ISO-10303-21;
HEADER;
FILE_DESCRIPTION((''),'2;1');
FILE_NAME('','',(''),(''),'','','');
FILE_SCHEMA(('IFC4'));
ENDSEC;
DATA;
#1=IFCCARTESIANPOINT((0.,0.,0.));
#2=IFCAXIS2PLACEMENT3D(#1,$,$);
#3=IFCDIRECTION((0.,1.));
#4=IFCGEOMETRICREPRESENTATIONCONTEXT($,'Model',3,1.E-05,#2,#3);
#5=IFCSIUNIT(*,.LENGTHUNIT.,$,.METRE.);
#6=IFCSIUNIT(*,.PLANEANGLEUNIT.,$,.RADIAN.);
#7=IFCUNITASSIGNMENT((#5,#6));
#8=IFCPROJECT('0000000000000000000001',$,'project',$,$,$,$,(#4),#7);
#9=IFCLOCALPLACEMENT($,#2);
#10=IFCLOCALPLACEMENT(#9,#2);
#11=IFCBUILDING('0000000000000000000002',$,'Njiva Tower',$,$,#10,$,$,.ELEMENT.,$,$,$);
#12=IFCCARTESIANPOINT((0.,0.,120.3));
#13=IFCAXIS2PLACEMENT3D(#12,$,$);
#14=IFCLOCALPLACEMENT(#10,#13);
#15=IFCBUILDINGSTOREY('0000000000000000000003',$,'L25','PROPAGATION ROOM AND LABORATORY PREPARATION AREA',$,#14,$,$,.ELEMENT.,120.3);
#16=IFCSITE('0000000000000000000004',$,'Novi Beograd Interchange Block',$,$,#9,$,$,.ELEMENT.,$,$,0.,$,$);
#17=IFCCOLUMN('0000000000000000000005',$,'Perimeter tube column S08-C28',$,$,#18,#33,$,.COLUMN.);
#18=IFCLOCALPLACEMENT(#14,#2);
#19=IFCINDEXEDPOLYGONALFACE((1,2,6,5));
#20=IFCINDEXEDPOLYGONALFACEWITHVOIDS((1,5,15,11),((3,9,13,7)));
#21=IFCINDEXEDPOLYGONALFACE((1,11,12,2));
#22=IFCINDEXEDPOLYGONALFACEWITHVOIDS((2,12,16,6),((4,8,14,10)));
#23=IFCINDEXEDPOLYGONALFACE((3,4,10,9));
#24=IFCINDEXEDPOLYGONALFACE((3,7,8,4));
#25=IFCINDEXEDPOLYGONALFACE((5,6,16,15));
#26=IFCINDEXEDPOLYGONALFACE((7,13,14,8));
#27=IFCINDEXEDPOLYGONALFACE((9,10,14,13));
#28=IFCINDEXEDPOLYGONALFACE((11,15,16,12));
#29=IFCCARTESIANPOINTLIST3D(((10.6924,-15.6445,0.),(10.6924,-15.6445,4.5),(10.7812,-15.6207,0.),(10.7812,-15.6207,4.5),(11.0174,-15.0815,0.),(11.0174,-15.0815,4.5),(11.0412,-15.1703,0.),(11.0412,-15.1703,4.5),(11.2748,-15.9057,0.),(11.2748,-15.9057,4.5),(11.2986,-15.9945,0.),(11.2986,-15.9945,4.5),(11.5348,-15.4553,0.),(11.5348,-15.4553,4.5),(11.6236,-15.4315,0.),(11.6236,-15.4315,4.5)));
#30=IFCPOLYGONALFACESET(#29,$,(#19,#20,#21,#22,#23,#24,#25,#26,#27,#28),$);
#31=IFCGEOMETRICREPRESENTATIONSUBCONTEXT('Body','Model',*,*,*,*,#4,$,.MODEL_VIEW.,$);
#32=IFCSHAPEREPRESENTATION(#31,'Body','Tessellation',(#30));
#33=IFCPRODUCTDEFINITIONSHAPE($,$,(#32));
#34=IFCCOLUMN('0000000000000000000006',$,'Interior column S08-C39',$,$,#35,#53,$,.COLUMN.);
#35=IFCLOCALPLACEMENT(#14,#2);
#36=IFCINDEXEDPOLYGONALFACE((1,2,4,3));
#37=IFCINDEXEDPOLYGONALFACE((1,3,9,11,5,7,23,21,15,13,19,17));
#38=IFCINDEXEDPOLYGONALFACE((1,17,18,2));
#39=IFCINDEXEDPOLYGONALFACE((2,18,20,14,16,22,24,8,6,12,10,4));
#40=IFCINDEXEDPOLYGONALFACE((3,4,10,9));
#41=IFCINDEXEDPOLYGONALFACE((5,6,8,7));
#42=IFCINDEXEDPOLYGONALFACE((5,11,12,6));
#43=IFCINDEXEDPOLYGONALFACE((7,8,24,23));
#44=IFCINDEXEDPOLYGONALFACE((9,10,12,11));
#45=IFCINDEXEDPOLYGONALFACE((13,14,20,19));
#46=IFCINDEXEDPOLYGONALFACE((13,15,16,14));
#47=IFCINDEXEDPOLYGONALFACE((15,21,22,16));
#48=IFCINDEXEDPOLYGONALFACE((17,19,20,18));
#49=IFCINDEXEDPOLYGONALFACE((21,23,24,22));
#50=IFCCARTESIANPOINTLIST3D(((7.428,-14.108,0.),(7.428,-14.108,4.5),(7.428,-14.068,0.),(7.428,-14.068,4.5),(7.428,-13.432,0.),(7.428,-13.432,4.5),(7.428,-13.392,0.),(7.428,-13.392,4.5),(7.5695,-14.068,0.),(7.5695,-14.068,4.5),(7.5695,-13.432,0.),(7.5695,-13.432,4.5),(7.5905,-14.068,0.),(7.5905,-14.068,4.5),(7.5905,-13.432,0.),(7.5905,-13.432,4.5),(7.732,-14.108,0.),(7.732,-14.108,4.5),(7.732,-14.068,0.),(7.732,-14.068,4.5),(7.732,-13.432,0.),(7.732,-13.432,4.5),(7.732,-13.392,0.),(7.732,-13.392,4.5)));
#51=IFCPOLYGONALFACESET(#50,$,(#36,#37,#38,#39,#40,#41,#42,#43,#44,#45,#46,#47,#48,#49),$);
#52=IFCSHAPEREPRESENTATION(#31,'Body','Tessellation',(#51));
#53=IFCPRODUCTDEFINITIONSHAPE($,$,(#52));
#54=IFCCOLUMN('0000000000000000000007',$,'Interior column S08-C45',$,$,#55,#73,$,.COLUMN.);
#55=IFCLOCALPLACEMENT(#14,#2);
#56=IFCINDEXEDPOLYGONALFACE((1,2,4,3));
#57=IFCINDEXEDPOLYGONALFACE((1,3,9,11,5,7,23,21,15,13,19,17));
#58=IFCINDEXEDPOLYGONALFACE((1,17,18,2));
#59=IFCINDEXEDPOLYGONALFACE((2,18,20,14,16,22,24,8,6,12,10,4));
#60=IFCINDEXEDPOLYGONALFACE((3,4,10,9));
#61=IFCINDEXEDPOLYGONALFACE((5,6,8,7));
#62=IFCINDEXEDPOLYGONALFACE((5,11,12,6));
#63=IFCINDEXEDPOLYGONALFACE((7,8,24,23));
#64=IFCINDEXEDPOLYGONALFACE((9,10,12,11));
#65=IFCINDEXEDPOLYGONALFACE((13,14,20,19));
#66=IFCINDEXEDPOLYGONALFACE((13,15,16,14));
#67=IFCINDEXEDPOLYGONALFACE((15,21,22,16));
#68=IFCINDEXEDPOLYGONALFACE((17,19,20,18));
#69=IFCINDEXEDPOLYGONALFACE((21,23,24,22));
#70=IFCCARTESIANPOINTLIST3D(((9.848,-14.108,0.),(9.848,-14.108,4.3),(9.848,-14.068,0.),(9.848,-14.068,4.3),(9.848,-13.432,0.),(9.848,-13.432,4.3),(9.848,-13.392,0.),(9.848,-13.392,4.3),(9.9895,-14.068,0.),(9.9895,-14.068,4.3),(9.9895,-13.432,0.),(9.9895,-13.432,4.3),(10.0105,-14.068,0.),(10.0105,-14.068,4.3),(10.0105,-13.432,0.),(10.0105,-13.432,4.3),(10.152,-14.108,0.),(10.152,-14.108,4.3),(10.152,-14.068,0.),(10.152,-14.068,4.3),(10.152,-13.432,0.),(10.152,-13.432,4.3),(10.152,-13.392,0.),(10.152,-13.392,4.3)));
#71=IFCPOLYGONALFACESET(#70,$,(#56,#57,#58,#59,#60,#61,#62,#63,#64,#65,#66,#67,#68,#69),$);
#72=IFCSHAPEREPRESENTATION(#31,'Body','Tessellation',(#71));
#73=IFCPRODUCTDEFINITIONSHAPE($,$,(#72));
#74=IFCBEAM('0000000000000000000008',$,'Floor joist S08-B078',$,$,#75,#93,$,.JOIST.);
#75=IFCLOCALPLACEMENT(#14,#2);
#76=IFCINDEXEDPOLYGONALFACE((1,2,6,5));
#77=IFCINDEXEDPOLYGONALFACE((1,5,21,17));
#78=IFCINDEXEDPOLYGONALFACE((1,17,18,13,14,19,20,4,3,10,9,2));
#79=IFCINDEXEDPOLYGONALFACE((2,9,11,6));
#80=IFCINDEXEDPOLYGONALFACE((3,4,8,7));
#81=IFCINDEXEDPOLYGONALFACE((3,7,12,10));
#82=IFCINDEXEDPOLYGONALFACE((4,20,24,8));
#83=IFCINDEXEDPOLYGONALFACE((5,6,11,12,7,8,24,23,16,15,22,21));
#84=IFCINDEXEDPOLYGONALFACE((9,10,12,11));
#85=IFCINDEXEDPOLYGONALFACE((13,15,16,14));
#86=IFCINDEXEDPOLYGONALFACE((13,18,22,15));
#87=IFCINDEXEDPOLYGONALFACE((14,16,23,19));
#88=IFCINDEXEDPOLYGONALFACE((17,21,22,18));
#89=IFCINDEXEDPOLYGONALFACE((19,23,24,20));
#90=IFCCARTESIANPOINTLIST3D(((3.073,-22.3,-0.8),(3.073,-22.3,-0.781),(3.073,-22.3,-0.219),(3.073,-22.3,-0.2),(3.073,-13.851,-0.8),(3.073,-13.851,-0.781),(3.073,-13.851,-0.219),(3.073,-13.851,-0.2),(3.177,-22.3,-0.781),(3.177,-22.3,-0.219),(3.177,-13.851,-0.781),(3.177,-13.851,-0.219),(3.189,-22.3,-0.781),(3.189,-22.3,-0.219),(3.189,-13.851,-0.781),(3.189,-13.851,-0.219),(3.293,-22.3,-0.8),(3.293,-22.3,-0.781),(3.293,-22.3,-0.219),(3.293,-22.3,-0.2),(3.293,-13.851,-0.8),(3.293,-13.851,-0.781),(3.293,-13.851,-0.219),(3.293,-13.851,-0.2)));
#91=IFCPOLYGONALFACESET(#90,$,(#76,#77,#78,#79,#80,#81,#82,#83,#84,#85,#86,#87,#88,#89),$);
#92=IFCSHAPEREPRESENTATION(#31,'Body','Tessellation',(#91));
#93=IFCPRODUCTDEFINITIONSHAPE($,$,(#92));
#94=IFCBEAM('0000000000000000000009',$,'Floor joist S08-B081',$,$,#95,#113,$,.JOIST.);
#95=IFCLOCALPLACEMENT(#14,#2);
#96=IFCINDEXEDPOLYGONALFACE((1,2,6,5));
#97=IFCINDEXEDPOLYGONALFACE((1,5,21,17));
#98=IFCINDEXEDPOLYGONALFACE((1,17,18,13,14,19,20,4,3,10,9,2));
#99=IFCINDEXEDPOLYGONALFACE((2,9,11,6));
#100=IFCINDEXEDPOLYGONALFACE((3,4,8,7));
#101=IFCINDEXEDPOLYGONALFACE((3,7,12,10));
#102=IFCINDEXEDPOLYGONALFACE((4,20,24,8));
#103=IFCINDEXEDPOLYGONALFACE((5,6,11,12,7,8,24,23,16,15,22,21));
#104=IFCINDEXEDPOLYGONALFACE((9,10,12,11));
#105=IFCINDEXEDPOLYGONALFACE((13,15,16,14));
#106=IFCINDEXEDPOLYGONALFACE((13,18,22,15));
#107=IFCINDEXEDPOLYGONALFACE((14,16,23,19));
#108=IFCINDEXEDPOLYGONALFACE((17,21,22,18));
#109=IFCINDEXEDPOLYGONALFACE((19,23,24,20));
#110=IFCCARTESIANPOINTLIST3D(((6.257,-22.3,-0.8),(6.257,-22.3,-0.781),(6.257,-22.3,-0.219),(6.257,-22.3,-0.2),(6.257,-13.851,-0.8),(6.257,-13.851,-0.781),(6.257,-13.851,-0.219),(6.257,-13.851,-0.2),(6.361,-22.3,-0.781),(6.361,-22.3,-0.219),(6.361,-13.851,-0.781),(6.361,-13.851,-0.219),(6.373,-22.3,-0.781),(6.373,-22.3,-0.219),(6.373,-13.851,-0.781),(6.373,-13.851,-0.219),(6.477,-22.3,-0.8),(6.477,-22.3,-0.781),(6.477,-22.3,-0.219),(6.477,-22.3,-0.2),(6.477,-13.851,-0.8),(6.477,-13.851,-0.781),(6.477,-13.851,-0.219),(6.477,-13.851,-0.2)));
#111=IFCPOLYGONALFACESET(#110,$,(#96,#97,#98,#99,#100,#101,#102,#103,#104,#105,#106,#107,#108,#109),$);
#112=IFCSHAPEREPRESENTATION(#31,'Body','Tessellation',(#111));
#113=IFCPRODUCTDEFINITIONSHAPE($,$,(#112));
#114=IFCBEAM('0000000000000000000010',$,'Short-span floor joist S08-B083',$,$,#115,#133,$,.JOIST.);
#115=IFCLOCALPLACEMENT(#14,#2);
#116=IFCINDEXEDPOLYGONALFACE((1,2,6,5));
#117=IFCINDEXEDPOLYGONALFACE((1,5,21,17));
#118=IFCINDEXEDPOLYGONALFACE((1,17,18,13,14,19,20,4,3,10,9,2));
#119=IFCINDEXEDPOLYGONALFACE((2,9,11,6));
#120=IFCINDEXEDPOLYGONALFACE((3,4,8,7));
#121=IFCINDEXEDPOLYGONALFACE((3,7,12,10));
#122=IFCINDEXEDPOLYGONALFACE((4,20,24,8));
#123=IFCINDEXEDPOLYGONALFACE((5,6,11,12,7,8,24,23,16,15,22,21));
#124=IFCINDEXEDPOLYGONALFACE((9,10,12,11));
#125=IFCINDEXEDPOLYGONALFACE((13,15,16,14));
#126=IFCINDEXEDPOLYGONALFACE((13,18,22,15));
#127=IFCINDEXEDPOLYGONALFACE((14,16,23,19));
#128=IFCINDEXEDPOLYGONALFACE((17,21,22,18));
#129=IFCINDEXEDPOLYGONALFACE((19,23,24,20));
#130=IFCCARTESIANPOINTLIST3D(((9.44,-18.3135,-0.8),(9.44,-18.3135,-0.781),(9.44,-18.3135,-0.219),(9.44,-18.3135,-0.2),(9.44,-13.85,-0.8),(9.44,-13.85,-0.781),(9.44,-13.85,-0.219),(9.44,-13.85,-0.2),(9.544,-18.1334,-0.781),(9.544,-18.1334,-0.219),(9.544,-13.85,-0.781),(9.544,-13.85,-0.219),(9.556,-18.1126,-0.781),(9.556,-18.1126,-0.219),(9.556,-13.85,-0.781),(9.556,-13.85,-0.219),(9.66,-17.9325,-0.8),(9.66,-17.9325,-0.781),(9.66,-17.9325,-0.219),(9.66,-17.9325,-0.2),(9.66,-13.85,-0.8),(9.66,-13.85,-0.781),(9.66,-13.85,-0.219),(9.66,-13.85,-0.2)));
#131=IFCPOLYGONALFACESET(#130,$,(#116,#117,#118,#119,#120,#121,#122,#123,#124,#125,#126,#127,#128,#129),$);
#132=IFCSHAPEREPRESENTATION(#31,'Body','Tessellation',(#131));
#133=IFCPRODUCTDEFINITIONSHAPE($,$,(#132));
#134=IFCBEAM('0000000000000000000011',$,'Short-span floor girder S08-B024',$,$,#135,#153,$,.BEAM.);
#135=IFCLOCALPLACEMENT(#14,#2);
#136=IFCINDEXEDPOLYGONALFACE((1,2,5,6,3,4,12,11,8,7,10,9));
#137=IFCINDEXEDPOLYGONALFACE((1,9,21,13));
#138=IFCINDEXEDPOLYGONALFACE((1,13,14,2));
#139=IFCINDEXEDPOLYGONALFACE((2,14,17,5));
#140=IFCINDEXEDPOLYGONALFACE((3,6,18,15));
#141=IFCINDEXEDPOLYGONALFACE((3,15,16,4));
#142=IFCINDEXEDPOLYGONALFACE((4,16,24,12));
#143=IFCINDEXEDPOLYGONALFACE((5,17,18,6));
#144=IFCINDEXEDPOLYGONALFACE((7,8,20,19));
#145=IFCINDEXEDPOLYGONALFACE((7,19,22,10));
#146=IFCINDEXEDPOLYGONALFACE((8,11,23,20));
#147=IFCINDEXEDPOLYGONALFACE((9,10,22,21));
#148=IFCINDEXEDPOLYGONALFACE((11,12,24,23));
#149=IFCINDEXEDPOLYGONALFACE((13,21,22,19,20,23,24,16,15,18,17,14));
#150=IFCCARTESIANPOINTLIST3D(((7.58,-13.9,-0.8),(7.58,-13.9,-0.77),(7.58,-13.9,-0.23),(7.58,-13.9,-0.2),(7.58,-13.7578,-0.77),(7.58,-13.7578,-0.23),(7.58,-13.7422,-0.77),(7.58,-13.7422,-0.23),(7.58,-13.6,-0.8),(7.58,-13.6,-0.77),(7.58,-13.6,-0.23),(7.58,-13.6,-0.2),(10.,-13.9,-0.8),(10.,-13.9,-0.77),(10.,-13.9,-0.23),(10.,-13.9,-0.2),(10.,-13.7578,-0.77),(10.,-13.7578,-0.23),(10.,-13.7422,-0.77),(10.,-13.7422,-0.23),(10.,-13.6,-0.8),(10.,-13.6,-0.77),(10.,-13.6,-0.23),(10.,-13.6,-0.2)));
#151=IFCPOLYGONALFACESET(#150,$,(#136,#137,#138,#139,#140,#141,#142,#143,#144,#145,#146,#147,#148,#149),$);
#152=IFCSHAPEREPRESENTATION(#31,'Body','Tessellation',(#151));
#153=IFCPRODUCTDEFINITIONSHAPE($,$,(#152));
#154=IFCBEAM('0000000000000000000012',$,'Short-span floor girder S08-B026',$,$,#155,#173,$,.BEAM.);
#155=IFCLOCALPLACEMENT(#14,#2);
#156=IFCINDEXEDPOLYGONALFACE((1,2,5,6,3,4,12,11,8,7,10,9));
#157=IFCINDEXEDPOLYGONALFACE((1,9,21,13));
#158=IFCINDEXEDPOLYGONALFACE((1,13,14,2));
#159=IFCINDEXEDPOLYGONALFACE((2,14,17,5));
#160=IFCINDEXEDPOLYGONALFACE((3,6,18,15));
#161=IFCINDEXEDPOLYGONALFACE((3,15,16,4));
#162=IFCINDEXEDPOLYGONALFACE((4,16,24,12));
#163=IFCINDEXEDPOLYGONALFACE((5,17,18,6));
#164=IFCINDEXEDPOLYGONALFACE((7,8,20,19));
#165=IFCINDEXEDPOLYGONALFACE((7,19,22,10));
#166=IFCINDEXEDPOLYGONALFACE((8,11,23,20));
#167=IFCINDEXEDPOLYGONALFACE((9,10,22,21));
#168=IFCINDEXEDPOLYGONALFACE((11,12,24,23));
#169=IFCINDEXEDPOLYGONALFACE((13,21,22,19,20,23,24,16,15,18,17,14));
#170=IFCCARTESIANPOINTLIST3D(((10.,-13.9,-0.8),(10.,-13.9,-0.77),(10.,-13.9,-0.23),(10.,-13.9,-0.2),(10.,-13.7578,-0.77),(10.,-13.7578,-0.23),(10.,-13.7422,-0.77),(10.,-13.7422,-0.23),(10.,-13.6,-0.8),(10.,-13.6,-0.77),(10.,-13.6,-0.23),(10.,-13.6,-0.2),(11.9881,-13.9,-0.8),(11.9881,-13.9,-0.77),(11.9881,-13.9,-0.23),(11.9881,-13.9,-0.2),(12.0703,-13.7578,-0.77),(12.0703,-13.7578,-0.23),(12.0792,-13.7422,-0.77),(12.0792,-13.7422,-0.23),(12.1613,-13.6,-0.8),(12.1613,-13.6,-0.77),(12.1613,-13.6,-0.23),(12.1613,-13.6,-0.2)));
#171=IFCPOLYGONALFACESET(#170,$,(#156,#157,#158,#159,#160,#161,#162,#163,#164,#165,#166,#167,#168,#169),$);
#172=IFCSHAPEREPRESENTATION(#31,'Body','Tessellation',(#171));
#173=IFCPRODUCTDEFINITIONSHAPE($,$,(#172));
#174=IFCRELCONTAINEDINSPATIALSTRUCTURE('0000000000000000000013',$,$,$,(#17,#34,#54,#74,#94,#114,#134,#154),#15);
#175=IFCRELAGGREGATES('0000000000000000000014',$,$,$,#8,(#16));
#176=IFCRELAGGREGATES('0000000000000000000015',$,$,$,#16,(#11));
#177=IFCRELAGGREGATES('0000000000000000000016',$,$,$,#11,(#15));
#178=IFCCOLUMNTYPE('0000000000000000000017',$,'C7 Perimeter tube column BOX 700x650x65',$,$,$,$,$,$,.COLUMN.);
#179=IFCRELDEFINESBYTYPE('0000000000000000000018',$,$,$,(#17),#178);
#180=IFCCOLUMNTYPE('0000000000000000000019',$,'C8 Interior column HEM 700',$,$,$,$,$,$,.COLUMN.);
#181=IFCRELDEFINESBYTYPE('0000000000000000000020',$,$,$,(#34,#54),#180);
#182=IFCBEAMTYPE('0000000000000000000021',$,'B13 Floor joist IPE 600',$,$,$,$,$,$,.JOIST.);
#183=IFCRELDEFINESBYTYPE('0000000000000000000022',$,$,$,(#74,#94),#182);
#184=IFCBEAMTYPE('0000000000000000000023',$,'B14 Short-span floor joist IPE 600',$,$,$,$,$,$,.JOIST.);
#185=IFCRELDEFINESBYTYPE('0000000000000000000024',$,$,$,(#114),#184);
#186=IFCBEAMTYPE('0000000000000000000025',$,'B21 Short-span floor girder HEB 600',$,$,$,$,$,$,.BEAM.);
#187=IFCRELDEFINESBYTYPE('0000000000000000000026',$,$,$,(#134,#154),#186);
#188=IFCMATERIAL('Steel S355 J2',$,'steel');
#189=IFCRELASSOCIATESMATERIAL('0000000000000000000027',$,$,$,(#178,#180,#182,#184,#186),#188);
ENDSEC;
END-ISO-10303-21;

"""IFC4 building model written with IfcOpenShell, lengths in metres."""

from ifc_helpers import new_model, si_unit, direction, frame, origin, origin_2d, place, context, subcontext, project, spatial, hollow_rectangle, i_section, extrude, clip, halfspace, material, material_profile, profile_set, type_object, element, save


model = new_model("IFC4")

# Units and contexts
model_context = context("Model", 3, precision=1e-05, world=origin(), true_north=direction((0.0, 1.0)))
body_context = subcontext(model_context, "Body", "Model", "MODEL_VIEW")
ifc_project = project(units=[si_unit("LENGTHUNIT", "METRE"), si_unit("PLANEANGLEUNIT", "RADIAN")], contexts=[model_context])

# Site, building, storey
site_placement = place(None, origin())
site = spatial("IfcSite", under=ifc_project, at=site_placement, Name="Novi Beograd Interchange Block", CompositionType="ELEMENT", RefElevation=0.0)
building_placement = place(site_placement, origin())
building = spatial("IfcBuilding", under=site, at=building_placement, Name="Njiva Tower", CompositionType="ELEMENT")
storey_placement = place(building_placement, frame((0.0, 0.0, 120.3)))
storey = spatial("IfcBuildingStorey", under=building, at=storey_placement, Name="L25", Description="PROPAGATION ROOM AND LABORATORY PREPARATION AREA", CompositionType="ELEMENT", Elevation=120.3)

# Columns
ifc_material_1 = material(Name="Steel S355 J2", Category="steel")
ifc_material_profile_1 = material_profile(ifc_material_1, hollow_rectangle(XDim=0.65, YDim=0.7, WallThickness=0.065, at=origin_2d()), Name="BOX 700x650x65")
ifc_profile_set_1 = profile_set([ifc_material_profile_1], Name="Steel S355 J2")
column_type_1 = type_object("IfcColumnType", Name="C7 Perimeter tube column BOX 700x650x65", PredefinedType="COLUMN", material=ifc_profile_set_1)
column_1_placement = place(storey_placement, frame((11.158, -15.538, 0.0), z_axis=(0.0, 0.0, 1.0), x_axis=(0.5, 0.866025, 0.0)))
element("IfcColumn", 1, at=column_1_placement, inside=storey, type_object=column_type_1, Name="Perimeter tube column S08-C28", PredefinedType="COLUMN", context=body_context, shape_type="SweptSolid", body=[
    extrude(hollow_rectangle(XDim=0.65, YDim=0.7, WallThickness=0.065, at=origin_2d()), origin(), (0.0, 0.0, 1.0), 4.5),
])
ifc_material_profile_2 = material_profile(ifc_material_1, i_section(OverallWidth=0.304, OverallDepth=0.716, WebThickness=0.021, FlangeThickness=0.04, at=origin_2d()), Name="HEM 700")
ifc_profile_set_2 = profile_set([ifc_material_profile_2], Name="Steel S355 J2")
column_type_2 = type_object("IfcColumnType", Name="C8 Interior column HEM 700", PredefinedType="COLUMN", material=ifc_profile_set_2)
column_2_placement = place(storey_placement, frame((7.58, -13.75, 0.0), z_axis=(0.0, 0.0, 1.0), x_axis=(1.0, 0.0, 0.0)))
element("IfcColumn", 2, at=column_2_placement, inside=storey, type_object=column_type_2, Name="Interior column S08-C39", PredefinedType="COLUMN", context=body_context, shape_type="SweptSolid", body=[
    extrude(i_section(OverallWidth=0.304, OverallDepth=0.716, WebThickness=0.021, FlangeThickness=0.04, at=origin_2d()), origin(), (0.0, 0.0, 1.0), 4.5),
])
column_3_placement = place(storey_placement, frame((10.0, -13.75, 0.0), z_axis=(0.0, 0.0, 1.0), x_axis=(1.0, 0.0, 0.0)))
element("IfcColumn", 3, at=column_3_placement, inside=storey, type_object=column_type_2, Name="Interior column S08-C45", PredefinedType="COLUMN", context=body_context, shape_type="SweptSolid", body=[
    extrude(i_section(OverallWidth=0.304, OverallDepth=0.716, WebThickness=0.021, FlangeThickness=0.04, at=origin_2d()), origin(), (0.0, 0.0, 1.0), 4.3),
])

# Beams
ifc_material_profile_3 = material_profile(ifc_material_1, i_section(OverallWidth=0.22, OverallDepth=0.6, WebThickness=0.012, FlangeThickness=0.019, at=origin_2d()), Name="IPE 600")
ifc_profile_set_3 = profile_set([ifc_material_profile_3], Name="Steel S355 J2")
beam_type_1 = type_object("IfcBeamType", Name="B13 Floor joist IPE 600", PredefinedType="JOIST", material=ifc_profile_set_3)
for number, where, z_axis, x_axis, name in (
    (4, (3.183, -13.851, -0.5), (0.0, -1.0, 0.0), (1.0, 0.0, 0.0), "Floor joist S08-B078"),
    (5, (6.367, -13.851, -0.5), (0.0, -1.0, 0.0), (1.0, 0.0, 0.0), "Floor joist S08-B081"),
):
    element("IfcBeam", number, at=place(storey_placement, frame(where, z_axis=z_axis, x_axis=x_axis)), inside=storey, type_object=beam_type_1, Name=name, PredefinedType="JOIST", context=body_context, shape_type="SweptSolid", body=[
        extrude(i_section(OverallWidth=0.22, OverallDepth=0.6, WebThickness=0.012, FlangeThickness=0.019, at=origin_2d()), origin(), (0.0, 0.0, 1.0), 8.449),
    ])
ifc_material_profile_4 = material_profile(ifc_material_1, i_section(OverallWidth=0.22, OverallDepth=0.6, WebThickness=0.012, FlangeThickness=0.019, at=origin_2d()), Name="IPE 600")
ifc_profile_set_4 = profile_set([ifc_material_profile_4], Name="Steel S355 J2")
beam_type_2 = type_object("IfcBeamType", Name="B14 Short-span floor joist IPE 600", PredefinedType="JOIST", material=ifc_profile_set_4)
beam_1_placement = place(storey_placement, frame((9.55, -13.85, -0.5), z_axis=(0.0, -1.0, 0.0), x_axis=(1.0, 0.0, 0.0)))
element("IfcBeam", 6, at=beam_1_placement, inside=storey, type_object=beam_type_2, Name="Short-span floor joist S08-B083", PredefinedType="JOIST", context=body_context, shape_type="Clipping", body=[
    clip(extrude(i_section(OverallWidth=0.22, OverallDepth=0.6, WebThickness=0.012, FlangeThickness=0.019, at=origin_2d()), origin(), (0.0, 0.0, 1.0), 4.484), halfspace(frame((0.0433, 0.0, 4.198), z_axis=(0.866027, 0.0, 0.499998), x_axis=(0.0, 1.0, 0.0)), False)),
])
ifc_material_profile_5 = material_profile(ifc_material_1, i_section(OverallWidth=0.3, OverallDepth=0.6, WebThickness=0.0155, FlangeThickness=0.03, at=origin_2d()), Name="HEB 600")
ifc_profile_set_5 = profile_set([ifc_material_profile_5], Name="Steel S355 J2")
beam_type_3 = type_object("IfcBeamType", Name="B21 Short-span floor girder HEB 600", PredefinedType="BEAM", material=ifc_profile_set_5)
beam_2_placement = place(storey_placement, frame((7.58, -13.75, -0.5), z_axis=(1.0, 0.0, 0.0), x_axis=(0.0, 1.0, 0.0)))
element("IfcBeam", 7, at=beam_2_placement, inside=storey, type_object=beam_type_3, Name="Short-span floor girder S08-B024", PredefinedType="BEAM", context=body_context, shape_type="SweptSolid", body=[
    extrude(i_section(OverallWidth=0.3, OverallDepth=0.6, WebThickness=0.0155, FlangeThickness=0.03, at=origin_2d()), origin(), (0.0, 0.0, 1.0), 2.42),
])
beam_3_placement = place(storey_placement, frame((10.0, -13.75, -0.5), z_axis=(1.0, 0.0, 0.0), x_axis=(0.0, 1.0, 0.0)))
element("IfcBeam", 8, at=beam_3_placement, inside=storey, type_object=beam_type_3, Name="Short-span floor girder S08-B026", PredefinedType="BEAM", context=body_context, shape_type="Clipping", body=[
    clip(extrude(i_section(OverallWidth=0.3, OverallDepth=0.6, WebThickness=0.0155, FlangeThickness=0.03, at=origin_2d()), origin(), (0.0, 0.0, 1.0), 2.182), halfspace(frame((-0.025, 0.0, 2.0603), z_axis=(-0.499998, 0.0, 0.866027), x_axis=(0.0, 1.0, 0.0)), False)),
])

save(model, "model.ifc")
